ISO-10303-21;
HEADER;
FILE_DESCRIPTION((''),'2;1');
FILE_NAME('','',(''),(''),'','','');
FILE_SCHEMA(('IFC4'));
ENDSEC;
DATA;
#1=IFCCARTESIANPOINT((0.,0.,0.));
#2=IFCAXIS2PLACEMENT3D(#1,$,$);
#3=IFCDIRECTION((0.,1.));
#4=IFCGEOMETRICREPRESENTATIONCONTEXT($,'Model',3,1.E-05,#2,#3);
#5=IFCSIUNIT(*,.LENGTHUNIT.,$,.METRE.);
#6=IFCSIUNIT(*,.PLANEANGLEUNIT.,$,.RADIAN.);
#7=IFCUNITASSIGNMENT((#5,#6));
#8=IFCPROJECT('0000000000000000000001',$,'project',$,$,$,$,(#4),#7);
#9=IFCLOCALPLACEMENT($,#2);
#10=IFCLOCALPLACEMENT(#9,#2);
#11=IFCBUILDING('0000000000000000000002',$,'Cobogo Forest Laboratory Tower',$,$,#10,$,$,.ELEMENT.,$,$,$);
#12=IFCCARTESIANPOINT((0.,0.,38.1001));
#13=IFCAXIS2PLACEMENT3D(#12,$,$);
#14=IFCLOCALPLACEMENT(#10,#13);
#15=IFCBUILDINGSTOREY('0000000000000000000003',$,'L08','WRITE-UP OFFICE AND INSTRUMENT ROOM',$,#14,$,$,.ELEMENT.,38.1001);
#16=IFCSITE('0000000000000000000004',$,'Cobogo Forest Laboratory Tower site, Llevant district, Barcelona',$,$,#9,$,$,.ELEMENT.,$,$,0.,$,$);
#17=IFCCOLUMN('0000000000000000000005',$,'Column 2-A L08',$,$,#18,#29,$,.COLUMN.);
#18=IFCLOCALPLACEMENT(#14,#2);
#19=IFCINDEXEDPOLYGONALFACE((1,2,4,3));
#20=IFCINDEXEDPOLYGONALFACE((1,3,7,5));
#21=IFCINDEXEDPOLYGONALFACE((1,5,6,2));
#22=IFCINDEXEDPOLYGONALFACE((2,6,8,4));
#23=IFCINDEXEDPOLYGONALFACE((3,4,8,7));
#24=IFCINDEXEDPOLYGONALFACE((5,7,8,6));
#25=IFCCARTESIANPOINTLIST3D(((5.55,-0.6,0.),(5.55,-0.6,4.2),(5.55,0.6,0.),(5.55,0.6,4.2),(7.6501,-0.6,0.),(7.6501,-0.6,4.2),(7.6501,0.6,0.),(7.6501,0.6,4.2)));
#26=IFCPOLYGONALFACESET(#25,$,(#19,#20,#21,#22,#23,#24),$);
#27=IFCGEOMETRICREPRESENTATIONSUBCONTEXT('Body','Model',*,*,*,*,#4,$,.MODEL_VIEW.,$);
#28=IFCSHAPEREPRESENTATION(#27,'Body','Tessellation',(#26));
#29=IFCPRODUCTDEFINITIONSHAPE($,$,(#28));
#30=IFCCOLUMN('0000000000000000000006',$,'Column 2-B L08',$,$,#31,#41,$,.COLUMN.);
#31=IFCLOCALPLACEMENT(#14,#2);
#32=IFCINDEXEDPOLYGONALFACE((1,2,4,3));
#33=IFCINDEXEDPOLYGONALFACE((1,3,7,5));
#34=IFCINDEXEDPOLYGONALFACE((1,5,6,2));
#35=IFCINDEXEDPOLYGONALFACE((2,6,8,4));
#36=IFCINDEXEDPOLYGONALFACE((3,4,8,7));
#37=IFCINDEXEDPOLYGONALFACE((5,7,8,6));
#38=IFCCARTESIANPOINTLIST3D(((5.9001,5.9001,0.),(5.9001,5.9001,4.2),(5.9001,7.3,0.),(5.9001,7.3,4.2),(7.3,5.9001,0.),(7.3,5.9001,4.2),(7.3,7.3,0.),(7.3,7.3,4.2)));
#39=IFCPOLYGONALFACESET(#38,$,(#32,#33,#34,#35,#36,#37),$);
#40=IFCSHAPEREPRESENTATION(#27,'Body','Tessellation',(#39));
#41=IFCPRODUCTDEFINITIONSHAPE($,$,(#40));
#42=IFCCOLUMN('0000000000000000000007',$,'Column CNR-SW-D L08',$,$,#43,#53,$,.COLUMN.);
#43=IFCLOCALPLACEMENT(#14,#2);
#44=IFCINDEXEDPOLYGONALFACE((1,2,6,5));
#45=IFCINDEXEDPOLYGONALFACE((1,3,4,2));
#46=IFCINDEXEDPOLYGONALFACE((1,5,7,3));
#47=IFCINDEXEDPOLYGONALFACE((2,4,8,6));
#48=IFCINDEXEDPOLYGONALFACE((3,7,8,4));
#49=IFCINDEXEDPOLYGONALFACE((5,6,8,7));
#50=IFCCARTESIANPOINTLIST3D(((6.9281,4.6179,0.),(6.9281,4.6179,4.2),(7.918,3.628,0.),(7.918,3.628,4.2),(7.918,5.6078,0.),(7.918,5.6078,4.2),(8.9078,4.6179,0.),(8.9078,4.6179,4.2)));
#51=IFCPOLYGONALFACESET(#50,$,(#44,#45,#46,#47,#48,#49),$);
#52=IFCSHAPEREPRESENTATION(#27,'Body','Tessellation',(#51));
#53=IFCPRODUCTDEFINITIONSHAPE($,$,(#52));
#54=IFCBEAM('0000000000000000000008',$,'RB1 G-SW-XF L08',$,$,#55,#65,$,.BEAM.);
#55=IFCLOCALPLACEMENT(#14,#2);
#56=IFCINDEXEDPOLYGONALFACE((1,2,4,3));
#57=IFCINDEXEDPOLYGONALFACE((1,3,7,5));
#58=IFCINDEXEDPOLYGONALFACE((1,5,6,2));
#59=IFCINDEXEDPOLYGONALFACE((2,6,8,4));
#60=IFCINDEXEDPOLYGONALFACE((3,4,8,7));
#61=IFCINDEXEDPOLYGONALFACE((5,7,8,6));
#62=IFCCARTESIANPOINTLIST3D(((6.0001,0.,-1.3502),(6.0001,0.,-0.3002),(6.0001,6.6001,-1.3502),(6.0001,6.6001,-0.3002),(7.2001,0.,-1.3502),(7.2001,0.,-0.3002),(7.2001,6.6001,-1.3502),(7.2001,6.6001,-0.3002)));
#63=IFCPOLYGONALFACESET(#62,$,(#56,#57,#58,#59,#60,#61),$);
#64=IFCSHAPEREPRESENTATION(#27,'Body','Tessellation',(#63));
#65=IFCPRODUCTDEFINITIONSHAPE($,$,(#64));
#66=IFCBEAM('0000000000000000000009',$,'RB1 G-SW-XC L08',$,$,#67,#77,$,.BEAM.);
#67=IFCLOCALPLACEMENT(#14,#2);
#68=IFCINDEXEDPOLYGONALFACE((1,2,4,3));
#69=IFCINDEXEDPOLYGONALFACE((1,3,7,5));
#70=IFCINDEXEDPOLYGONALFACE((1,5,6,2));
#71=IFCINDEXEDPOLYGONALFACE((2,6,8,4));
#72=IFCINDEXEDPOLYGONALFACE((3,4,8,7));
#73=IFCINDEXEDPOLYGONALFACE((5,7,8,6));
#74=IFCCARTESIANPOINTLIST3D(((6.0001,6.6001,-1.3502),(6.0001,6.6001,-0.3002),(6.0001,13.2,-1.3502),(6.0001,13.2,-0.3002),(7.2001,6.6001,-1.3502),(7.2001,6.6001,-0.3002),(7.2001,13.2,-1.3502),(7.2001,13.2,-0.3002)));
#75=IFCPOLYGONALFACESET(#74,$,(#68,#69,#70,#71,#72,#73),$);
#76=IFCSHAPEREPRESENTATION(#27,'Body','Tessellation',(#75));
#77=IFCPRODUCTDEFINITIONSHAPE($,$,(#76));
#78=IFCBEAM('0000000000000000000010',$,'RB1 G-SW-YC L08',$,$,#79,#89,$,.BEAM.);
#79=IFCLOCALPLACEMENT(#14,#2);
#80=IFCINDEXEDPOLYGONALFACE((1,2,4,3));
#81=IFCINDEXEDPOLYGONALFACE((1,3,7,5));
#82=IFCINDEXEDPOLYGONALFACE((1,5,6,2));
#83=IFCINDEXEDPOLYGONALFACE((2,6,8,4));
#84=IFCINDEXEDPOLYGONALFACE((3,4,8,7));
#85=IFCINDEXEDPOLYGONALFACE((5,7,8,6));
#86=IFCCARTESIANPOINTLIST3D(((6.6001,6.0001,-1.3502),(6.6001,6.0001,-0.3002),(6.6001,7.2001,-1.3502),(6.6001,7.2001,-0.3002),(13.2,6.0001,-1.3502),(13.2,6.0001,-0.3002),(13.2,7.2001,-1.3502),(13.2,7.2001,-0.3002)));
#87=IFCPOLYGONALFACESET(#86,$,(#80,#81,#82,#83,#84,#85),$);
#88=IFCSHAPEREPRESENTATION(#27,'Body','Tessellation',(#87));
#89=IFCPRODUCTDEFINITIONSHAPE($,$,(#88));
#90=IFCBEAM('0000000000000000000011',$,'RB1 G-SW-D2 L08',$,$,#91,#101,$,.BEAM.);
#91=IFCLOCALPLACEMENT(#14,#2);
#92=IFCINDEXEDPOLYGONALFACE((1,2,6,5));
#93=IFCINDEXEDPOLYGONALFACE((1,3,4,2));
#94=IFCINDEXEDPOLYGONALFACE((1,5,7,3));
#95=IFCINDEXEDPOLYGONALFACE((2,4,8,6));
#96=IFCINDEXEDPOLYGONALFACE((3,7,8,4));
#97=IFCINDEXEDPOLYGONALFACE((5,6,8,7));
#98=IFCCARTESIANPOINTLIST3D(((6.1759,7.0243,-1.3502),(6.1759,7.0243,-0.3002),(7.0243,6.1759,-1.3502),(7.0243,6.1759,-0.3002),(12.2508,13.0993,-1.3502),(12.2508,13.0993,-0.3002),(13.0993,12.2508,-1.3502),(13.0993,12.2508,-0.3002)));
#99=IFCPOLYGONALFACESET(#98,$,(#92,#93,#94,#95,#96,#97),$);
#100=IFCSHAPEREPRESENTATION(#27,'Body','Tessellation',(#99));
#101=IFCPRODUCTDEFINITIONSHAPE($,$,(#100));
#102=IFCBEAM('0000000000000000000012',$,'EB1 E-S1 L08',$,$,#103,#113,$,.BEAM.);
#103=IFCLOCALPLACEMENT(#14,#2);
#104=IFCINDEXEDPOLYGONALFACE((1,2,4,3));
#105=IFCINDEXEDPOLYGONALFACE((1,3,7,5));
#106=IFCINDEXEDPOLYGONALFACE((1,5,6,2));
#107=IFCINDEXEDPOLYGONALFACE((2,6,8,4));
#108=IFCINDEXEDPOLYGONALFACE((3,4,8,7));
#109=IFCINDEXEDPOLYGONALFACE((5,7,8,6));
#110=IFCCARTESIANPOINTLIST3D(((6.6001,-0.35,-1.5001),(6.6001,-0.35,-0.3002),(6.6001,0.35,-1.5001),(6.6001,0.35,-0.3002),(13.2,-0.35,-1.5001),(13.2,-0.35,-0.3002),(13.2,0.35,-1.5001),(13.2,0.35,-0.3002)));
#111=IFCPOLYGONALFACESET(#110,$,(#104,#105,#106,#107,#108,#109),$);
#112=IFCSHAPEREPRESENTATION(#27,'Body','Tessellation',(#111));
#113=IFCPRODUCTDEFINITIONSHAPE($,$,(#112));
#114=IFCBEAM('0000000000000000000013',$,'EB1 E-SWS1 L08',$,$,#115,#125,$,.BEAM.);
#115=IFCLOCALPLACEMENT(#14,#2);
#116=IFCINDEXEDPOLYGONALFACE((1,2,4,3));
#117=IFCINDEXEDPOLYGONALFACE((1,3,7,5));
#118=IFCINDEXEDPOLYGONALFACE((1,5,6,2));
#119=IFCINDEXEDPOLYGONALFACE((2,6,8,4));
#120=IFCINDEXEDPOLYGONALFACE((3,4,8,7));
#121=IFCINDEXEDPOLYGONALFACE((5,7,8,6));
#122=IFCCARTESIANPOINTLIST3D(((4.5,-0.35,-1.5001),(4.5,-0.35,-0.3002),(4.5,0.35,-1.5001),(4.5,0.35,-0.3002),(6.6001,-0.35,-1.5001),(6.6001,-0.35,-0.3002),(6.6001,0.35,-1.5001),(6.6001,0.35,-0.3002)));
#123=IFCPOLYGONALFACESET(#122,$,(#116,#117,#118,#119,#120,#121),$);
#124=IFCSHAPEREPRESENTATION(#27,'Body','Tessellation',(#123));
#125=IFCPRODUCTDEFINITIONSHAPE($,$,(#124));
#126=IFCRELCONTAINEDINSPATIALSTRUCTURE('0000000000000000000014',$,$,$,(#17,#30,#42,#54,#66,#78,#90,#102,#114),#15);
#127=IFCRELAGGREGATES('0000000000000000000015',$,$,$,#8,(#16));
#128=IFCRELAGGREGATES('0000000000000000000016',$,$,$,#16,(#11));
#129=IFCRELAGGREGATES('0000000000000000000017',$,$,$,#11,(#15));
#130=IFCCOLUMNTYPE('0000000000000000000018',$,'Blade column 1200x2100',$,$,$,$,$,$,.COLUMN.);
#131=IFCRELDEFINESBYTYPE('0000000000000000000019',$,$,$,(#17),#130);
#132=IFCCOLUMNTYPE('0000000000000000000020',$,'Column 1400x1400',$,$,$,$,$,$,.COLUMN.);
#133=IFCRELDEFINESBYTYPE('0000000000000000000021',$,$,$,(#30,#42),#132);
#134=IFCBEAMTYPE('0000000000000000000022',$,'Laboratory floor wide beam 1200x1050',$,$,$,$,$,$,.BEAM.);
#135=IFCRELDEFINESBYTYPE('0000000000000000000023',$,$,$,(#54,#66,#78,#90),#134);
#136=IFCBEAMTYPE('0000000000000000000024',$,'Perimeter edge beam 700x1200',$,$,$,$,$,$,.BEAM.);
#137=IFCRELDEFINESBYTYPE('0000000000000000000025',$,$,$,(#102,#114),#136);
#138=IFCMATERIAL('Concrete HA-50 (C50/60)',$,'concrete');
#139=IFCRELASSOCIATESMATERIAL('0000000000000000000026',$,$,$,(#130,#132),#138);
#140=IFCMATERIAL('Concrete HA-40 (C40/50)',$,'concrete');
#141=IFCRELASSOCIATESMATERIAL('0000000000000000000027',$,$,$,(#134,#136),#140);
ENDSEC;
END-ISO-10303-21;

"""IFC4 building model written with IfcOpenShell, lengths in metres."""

from ifc_helpers import new_model, si_unit, direction, frame, origin, origin_2d, place, context, subcontext, project, spatial, rectangle, extrude, material, material_profile, profile_set, type_object, element, save


model = new_model("IFC4")

# Units and contexts
model_context = context("Model", 3, precision=1e-05, world=origin(), true_north=direction((0.0, 1.0)))
body_context = subcontext(model_context, "Body", "Model", "MODEL_VIEW")
ifc_project = project(units=[si_unit("LENGTHUNIT", "METRE"), si_unit("PLANEANGLEUNIT", "RADIAN")], contexts=[model_context])

# Site, building, storey
site_placement = place(None, origin())
site = spatial("IfcSite", under=ifc_project, at=site_placement, Name="Cobogo Forest Laboratory Tower site, Llevant district, Barcelona", CompositionType="ELEMENT", RefElevation=0.0)
building_placement = place(site_placement, origin())
building = spatial("IfcBuilding", under=site, at=building_placement, Name="Cobogo Forest Laboratory Tower", CompositionType="ELEMENT")
storey_placement = place(building_placement, frame((0.0, 0.0, 38.1001)))
storey = spatial("IfcBuildingStorey", under=building, at=storey_placement, Name="L08", Description="WRITE-UP OFFICE AND INSTRUMENT ROOM", CompositionType="ELEMENT", Elevation=38.1001)

# Columns
ifc_material_1 = material(Name="Concrete HA-50 (C50/60)", Category="concrete")
ifc_material_profile_1 = material_profile(ifc_material_1, rectangle(XDim=2.1001, YDim=1.2, at=origin_2d()), Name="RC 1200x2100")
ifc_profile_set_1 = profile_set([ifc_material_profile_1], Name="Concrete HA-50 (C50/60)")
column_type_1 = type_object("IfcColumnType", Name="Blade column 1200x2100", PredefinedType="COLUMN", material=ifc_profile_set_1)
column_placement = place(storey_placement, frame((6.6001, 0.0, 0.0), z_axis=(0.0, 0.0, 1.0), x_axis=(1.0, 0.0, 0.0)))
element("IfcColumn", 1, at=column_placement, inside=storey, type_object=column_type_1, Name="Column 2-A L08", PredefinedType="COLUMN", context=body_context, shape_type="SweptSolid", body=[
    extrude(rectangle(XDim=2.1001, YDim=1.2, at=origin_2d()), origin(), (0.0, 0.0, 1.0), 4.2),
])
ifc_material_profile_2 = material_profile(ifc_material_1, rectangle(XDim=1.3999, YDim=1.3999, at=origin_2d()), Name="RC 1400x1400")
ifc_profile_set_2 = profile_set([ifc_material_profile_2], Name="Concrete HA-50 (C50/60)")
column_type_2 = type_object("IfcColumnType", Name="Column 1400x1400", PredefinedType="COLUMN", material=ifc_profile_set_2)
for number, where, z_axis, x_axis, name in (
    (2, (6.6001, 6.6001, 0.0), (0.0, 0.0, 1.0), (1.0, 0.0, 0.0), "Column 2-B L08"),
    (3, (7.918, 4.6179, 0.0), (0.0, 0.0, 1.0), (0.707107, 0.707107, 0.0), "Column CNR-SW-D L08"),
):
    element("IfcColumn", number, at=place(storey_placement, frame(where, z_axis=z_axis, x_axis=x_axis)), inside=storey, type_object=column_type_2, Name=name, PredefinedType="COLUMN", context=body_context, shape_type="SweptSolid", body=[
        extrude(rectangle(XDim=1.3999, YDim=1.3999, at=origin_2d()), origin(), (0.0, 0.0, 1.0), 4.2),
    ])

# Beams
ifc_material_2 = material(Name="Concrete HA-40 (C40/50)", Category="concrete")
ifc_material_profile_3 = material_profile(ifc_material_2, rectangle(XDim=1.2, YDim=1.05, at=origin_2d()), Name="RC 1200x1050")
ifc_profile_set_3 = profile_set([ifc_material_profile_3], Name="Concrete HA-40 (C40/50)")
beam_type_1 = type_object("IfcBeamType", Name="Laboratory floor wide beam 1200x1050", PredefinedType="BEAM", material=ifc_profile_set_3)
beam_1_placement = place(storey_placement, frame((6.6001, 0.0, -0.8252), z_axis=(0.0, 1.0, 0.0), x_axis=(-1.0, 0.0, 0.0)))
element("IfcBeam", 4, at=beam_1_placement, inside=storey, type_object=beam_type_1, Name="RB1 G-SW-XF L08", PredefinedType="BEAM", context=body_context, shape_type="SweptSolid", body=[
    extrude(rectangle(XDim=1.2, YDim=1.05, at=origin_2d()), origin(), (0.0, 0.0, 1.0), 6.6001),
])
for number, where, z_axis, x_axis, name in (
    (5, (6.6001, 6.6001, -0.8252), (0.0, 1.0, 0.0), (-1.0, 0.0, 0.0), "RB1 G-SW-XC L08"),
    (6, (6.6001, 6.6001, -0.8252), (1.0, 0.0, 0.0), (0.0, 1.0, 0.0), "RB1 G-SW-YC L08"),
):
    element("IfcBeam", number, at=place(storey_placement, frame(where, z_axis=z_axis, x_axis=x_axis)), inside=storey, type_object=beam_type_1, Name=name, PredefinedType="BEAM", context=body_context, shape_type="SweptSolid", body=[
        extrude(rectangle(XDim=1.2, YDim=1.05, at=origin_2d()), origin(), (0.0, 0.0, 1.0), 6.5999),
    ])
beam_2_placement = place(storey_placement, frame((6.6001, 6.6001, -0.8252), z_axis=(0.707107, 0.707107, 0.0), x_axis=(-0.707107, 0.707107, 0.0)))
element("IfcBeam", 7, at=beam_2_placement, inside=storey, type_object=beam_type_1, Name="RB1 G-SW-D2 L08", PredefinedType="BEAM", context=body_context, shape_type="SweptSolid", body=[
    extrude(rectangle(XDim=1.2, YDim=1.05, at=origin_2d()), origin(), (0.0, 0.0, 1.0), 8.5913),
])
ifc_material_profile_4 = material_profile(ifc_material_2, rectangle(XDim=0.7, YDim=1.2, at=origin_2d()), Name="RC 700x1200")
ifc_profile_set_4 = profile_set([ifc_material_profile_4], Name="Concrete HA-40 (C40/50)")
beam_type_2 = type_object("IfcBeamType", Name="Perimeter edge beam 700x1200", PredefinedType="BEAM", material=ifc_profile_set_4)
beam_3_placement = place(storey_placement, frame((6.6001, 0.0, -0.9001), z_axis=(1.0, 0.0, 0.0), x_axis=(0.0, 1.0, 0.0)))
element("IfcBeam", 8, at=beam_3_placement, inside=storey, type_object=beam_type_2, Name="EB1 E-S1 L08", PredefinedType="BEAM", context=body_context, shape_type="SweptSolid", body=[
    extrude(rectangle(XDim=0.7, YDim=1.2, at=origin_2d()), origin(), (0.0, 0.0, 1.0), 6.5999),
])
beam_4_placement = place(storey_placement, frame((6.6001, 0.0, -0.9001), z_axis=(-1.0, 0.0, 0.0), x_axis=(0.0, -1.0, 0.0)))
element("IfcBeam", 9, at=beam_4_placement, inside=storey, type_object=beam_type_2, Name="EB1 E-SWS1 L08", PredefinedType="BEAM", context=body_context, shape_type="SweptSolid", body=[
    extrude(rectangle(XDim=0.7, YDim=1.2, at=origin_2d()), origin(), (0.0, 0.0, 1.0), 2.1001),
])

save(model, "model.ifc")
